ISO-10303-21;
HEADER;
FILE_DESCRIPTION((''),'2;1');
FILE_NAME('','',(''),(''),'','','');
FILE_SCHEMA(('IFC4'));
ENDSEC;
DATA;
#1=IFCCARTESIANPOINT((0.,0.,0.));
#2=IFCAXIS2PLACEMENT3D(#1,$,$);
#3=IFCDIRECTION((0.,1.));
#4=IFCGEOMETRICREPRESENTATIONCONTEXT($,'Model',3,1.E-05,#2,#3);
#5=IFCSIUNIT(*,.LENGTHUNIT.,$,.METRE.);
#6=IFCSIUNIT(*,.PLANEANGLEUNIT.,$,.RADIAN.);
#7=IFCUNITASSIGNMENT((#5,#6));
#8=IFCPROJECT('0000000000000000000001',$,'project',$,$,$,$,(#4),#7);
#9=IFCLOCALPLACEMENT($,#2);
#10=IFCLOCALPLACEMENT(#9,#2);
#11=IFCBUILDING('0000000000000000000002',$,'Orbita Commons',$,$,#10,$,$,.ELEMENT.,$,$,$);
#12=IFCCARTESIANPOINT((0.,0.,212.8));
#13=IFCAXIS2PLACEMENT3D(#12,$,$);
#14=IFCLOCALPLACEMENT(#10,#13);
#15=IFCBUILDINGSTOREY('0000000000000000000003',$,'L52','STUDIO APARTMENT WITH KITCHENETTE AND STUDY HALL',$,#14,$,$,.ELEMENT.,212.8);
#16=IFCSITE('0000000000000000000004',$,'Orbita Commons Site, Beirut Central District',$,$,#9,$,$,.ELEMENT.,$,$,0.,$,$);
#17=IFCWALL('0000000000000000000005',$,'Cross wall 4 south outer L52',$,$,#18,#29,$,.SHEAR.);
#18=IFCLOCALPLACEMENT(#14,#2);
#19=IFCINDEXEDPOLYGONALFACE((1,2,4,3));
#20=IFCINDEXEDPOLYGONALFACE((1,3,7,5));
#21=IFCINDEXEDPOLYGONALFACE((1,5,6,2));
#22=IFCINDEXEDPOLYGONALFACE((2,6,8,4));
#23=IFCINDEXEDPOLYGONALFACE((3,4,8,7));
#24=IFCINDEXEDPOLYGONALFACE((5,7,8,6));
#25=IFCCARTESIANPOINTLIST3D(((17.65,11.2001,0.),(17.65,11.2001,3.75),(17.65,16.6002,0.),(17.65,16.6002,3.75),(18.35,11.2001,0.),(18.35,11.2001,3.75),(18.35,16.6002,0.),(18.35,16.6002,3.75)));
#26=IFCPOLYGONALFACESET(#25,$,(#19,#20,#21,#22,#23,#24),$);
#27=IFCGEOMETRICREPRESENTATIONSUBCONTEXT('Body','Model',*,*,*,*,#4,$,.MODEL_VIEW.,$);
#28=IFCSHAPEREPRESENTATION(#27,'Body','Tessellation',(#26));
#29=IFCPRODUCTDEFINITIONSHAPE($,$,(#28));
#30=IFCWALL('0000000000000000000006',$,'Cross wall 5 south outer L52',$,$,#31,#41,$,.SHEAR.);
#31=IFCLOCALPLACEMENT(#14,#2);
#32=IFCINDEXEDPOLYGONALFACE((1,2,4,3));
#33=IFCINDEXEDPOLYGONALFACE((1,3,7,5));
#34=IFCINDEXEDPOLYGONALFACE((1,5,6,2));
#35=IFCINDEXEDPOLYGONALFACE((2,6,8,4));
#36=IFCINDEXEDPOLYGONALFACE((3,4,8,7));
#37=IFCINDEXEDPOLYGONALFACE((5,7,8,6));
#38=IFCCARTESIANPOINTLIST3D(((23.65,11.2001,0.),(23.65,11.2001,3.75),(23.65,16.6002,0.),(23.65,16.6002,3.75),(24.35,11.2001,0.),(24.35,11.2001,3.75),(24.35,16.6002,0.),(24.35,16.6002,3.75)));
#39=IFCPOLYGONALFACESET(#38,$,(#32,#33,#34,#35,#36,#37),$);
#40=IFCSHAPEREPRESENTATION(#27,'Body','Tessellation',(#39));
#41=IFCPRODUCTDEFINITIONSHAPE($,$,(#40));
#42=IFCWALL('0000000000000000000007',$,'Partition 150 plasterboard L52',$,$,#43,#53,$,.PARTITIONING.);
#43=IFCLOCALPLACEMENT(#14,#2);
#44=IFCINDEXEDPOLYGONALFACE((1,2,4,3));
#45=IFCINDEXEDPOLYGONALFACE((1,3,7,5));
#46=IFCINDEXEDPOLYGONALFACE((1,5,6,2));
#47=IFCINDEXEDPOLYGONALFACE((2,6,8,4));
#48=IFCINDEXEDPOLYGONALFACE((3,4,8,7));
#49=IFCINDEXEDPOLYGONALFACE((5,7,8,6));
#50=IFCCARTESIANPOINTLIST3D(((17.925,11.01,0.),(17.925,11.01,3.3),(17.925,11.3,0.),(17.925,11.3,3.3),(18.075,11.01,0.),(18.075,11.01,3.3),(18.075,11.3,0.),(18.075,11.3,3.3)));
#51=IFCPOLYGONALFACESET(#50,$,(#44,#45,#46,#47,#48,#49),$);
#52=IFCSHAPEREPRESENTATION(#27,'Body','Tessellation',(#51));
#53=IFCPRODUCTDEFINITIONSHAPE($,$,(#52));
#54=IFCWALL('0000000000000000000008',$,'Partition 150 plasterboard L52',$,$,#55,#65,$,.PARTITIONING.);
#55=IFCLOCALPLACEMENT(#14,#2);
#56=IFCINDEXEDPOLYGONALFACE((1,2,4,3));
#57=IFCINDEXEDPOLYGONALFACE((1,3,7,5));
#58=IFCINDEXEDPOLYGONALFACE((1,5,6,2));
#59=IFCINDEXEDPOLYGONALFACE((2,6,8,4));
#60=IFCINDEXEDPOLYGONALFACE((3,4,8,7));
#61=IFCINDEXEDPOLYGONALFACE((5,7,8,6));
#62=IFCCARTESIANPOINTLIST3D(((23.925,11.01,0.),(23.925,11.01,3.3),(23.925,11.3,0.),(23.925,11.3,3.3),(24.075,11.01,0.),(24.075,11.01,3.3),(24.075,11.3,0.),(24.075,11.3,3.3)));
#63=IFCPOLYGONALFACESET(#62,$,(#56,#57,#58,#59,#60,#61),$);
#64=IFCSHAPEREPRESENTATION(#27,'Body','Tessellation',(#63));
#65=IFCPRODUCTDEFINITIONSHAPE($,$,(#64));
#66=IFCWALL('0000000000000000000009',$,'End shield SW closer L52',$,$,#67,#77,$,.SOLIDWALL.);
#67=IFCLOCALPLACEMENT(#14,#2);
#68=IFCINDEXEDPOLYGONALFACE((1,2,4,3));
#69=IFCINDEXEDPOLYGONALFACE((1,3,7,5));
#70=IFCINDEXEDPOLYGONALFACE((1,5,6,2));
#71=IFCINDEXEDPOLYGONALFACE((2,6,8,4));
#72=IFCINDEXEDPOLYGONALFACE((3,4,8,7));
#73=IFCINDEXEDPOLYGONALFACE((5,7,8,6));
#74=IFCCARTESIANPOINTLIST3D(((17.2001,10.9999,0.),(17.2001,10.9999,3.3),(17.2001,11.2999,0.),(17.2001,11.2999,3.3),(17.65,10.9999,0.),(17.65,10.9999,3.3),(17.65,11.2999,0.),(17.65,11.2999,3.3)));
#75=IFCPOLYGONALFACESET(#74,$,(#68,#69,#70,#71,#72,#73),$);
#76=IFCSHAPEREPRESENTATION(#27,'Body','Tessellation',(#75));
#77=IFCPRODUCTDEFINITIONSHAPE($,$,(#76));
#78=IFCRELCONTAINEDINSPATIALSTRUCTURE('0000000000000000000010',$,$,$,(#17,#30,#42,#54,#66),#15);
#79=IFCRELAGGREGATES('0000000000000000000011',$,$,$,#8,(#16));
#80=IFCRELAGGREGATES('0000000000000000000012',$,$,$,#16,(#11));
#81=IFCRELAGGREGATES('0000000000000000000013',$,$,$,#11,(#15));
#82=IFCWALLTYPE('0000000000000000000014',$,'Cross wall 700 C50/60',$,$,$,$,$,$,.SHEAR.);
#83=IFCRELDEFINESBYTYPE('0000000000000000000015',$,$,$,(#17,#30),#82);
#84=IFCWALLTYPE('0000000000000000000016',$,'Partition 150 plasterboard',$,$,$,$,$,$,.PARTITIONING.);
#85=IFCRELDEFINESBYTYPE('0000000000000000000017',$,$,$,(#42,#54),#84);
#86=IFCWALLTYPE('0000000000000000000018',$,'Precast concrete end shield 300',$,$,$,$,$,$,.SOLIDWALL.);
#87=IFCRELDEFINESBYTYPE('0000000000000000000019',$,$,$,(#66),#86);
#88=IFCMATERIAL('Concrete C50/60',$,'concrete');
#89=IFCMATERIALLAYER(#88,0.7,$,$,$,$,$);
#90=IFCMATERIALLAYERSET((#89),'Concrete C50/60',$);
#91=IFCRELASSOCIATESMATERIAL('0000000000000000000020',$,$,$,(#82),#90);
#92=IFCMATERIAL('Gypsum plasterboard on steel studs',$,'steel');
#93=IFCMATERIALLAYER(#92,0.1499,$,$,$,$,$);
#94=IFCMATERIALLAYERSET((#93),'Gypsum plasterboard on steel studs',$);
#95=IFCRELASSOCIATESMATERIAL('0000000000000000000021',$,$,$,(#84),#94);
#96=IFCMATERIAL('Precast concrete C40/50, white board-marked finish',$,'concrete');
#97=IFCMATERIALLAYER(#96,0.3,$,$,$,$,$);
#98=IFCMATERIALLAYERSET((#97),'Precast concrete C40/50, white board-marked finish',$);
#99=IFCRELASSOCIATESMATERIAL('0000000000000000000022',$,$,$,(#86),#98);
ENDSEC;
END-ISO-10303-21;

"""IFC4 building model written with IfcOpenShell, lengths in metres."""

from ifc_helpers import new_model, si_unit, direction, frame, frame_2d, origin, place, context, subcontext, project, spatial, rectangle, extrude, material, layer, layer_set, type_object, element, save


model = new_model("IFC4")

# Units and contexts
model_context = context("Model", 3, precision=1e-05, world=origin(), true_north=direction((0.0, 1.0)))
body_context = subcontext(model_context, "Body", "Model", "MODEL_VIEW")
ifc_project = project(units=[si_unit("LENGTHUNIT", "METRE"), si_unit("PLANEANGLEUNIT", "RADIAN")], contexts=[model_context])

# Site, building, storey
site_placement = place(None, origin())
site = spatial("IfcSite", under=ifc_project, at=site_placement, Name="Orbita Commons Site, Beirut Central District", CompositionType="ELEMENT", RefElevation=0.0)
building_placement = place(site_placement, origin())
building = spatial("IfcBuilding", under=site, at=building_placement, Name="Orbita Commons", CompositionType="ELEMENT")
storey_placement = place(building_placement, frame((0.0, 0.0, 212.8)))
storey = spatial("IfcBuildingStorey", under=building, at=storey_placement, Name="L52", Description="STUDIO APARTMENT WITH KITCHENETTE AND STUDY HALL", CompositionType="ELEMENT", Elevation=212.8)

# Walls
ifc_material_1 = material(Name="Concrete C50/60", Category="concrete")
ifc_layer_1 = layer(ifc_material_1, 0.7)
ifc_layer_set_1 = layer_set([ifc_layer_1], Name="Concrete C50/60")
wall_type_1 = type_object("IfcWallType", Name="Cross wall 700 C50/60", PredefinedType="SHEAR", material=ifc_layer_set_1)
for number, where, z_axis, x_axis, name in (
    (1, (18.0, 11.2, 0.0), (0.0, 0.0, 1.0), (0.0, 1.0, 0.0), "Cross wall 4 south outer L52"),
    (2, (24.0, 11.2, 0.0), (0.0, 0.0, 1.0), (0.0, 1.0, 0.0), "Cross wall 5 south outer L52"),
):
    element("IfcWall", number, at=place(storey_placement, frame(where, z_axis=z_axis, x_axis=x_axis)), inside=storey, type_object=wall_type_1, Name=name, PredefinedType="SHEAR", context=body_context, shape_type="SweptSolid", body=[
        extrude(rectangle(XDim=5.4001, YDim=0.7, at=frame_2d((2.7002, 0.0))), origin(), (0.0, 0.0, 1.0), 3.75),
    ])
ifc_material_2 = material(Name="Gypsum plasterboard on steel studs", Category="steel")
ifc_layer_2 = layer(ifc_material_2, 0.1499)
ifc_layer_set_2 = layer_set([ifc_layer_2], Name="Gypsum plasterboard on steel studs")
wall_type_2 = type_object("IfcWallType", Name="Partition 150 plasterboard", PredefinedType="PARTITIONING", material=ifc_layer_set_2)
for number, where, z_axis, x_axis, name in (
    (3, (18.0, 11.3, 0.0), (0.0, 0.0, 1.0), (0.0, -1.0, 0.0), "Partition 150 plasterboard L52"),
    (4, (24.0, 11.3, 0.0), (0.0, 0.0, 1.0), (0.0, -1.0, 0.0), "Partition 150 plasterboard L52"),
):
    element("IfcWall", number, at=place(storey_placement, frame(where, z_axis=z_axis, x_axis=x_axis)), inside=storey, type_object=wall_type_2, Name=name, PredefinedType="PARTITIONING", context=body_context, shape_type="SweptSolid", body=[
        extrude(rectangle(XDim=0.29, YDim=0.1499, at=frame_2d((0.145, 0.0))), origin(), (0.0, 0.0, 1.0), 3.3),
    ])
ifc_material_3 = material(Name="Precast concrete C40/50, white board-marked finish", Category="concrete")
ifc_layer_3 = layer(ifc_material_3, 0.3)
ifc_layer_set_3 = layer_set([ifc_layer_3], Name="Precast concrete C40/50, white board-marked finish")
wall_type_3 = type_object("IfcWallType", Name="Precast concrete end shield 300", PredefinedType="SOLIDWALL", material=ifc_layer_set_3)
wall_placement = place(storey_placement, frame((17.2, 11.1499, 0.0), z_axis=(0.0, 0.0, 1.0), x_axis=(1.0, 0.0, 0.0)))
element("IfcWall", 5, at=wall_placement, inside=storey, type_object=wall_type_3, Name="End shield SW closer L52", PredefinedType="SOLIDWALL", context=body_context, shape_type="SweptSolid", body=[
    extrude(rectangle(XDim=0.45, YDim=0.3, at=frame_2d((0.2251, 0.0))), origin(), (0.0, 0.0, 1.0), 3.3),
])

save(model, "model.ifc")
